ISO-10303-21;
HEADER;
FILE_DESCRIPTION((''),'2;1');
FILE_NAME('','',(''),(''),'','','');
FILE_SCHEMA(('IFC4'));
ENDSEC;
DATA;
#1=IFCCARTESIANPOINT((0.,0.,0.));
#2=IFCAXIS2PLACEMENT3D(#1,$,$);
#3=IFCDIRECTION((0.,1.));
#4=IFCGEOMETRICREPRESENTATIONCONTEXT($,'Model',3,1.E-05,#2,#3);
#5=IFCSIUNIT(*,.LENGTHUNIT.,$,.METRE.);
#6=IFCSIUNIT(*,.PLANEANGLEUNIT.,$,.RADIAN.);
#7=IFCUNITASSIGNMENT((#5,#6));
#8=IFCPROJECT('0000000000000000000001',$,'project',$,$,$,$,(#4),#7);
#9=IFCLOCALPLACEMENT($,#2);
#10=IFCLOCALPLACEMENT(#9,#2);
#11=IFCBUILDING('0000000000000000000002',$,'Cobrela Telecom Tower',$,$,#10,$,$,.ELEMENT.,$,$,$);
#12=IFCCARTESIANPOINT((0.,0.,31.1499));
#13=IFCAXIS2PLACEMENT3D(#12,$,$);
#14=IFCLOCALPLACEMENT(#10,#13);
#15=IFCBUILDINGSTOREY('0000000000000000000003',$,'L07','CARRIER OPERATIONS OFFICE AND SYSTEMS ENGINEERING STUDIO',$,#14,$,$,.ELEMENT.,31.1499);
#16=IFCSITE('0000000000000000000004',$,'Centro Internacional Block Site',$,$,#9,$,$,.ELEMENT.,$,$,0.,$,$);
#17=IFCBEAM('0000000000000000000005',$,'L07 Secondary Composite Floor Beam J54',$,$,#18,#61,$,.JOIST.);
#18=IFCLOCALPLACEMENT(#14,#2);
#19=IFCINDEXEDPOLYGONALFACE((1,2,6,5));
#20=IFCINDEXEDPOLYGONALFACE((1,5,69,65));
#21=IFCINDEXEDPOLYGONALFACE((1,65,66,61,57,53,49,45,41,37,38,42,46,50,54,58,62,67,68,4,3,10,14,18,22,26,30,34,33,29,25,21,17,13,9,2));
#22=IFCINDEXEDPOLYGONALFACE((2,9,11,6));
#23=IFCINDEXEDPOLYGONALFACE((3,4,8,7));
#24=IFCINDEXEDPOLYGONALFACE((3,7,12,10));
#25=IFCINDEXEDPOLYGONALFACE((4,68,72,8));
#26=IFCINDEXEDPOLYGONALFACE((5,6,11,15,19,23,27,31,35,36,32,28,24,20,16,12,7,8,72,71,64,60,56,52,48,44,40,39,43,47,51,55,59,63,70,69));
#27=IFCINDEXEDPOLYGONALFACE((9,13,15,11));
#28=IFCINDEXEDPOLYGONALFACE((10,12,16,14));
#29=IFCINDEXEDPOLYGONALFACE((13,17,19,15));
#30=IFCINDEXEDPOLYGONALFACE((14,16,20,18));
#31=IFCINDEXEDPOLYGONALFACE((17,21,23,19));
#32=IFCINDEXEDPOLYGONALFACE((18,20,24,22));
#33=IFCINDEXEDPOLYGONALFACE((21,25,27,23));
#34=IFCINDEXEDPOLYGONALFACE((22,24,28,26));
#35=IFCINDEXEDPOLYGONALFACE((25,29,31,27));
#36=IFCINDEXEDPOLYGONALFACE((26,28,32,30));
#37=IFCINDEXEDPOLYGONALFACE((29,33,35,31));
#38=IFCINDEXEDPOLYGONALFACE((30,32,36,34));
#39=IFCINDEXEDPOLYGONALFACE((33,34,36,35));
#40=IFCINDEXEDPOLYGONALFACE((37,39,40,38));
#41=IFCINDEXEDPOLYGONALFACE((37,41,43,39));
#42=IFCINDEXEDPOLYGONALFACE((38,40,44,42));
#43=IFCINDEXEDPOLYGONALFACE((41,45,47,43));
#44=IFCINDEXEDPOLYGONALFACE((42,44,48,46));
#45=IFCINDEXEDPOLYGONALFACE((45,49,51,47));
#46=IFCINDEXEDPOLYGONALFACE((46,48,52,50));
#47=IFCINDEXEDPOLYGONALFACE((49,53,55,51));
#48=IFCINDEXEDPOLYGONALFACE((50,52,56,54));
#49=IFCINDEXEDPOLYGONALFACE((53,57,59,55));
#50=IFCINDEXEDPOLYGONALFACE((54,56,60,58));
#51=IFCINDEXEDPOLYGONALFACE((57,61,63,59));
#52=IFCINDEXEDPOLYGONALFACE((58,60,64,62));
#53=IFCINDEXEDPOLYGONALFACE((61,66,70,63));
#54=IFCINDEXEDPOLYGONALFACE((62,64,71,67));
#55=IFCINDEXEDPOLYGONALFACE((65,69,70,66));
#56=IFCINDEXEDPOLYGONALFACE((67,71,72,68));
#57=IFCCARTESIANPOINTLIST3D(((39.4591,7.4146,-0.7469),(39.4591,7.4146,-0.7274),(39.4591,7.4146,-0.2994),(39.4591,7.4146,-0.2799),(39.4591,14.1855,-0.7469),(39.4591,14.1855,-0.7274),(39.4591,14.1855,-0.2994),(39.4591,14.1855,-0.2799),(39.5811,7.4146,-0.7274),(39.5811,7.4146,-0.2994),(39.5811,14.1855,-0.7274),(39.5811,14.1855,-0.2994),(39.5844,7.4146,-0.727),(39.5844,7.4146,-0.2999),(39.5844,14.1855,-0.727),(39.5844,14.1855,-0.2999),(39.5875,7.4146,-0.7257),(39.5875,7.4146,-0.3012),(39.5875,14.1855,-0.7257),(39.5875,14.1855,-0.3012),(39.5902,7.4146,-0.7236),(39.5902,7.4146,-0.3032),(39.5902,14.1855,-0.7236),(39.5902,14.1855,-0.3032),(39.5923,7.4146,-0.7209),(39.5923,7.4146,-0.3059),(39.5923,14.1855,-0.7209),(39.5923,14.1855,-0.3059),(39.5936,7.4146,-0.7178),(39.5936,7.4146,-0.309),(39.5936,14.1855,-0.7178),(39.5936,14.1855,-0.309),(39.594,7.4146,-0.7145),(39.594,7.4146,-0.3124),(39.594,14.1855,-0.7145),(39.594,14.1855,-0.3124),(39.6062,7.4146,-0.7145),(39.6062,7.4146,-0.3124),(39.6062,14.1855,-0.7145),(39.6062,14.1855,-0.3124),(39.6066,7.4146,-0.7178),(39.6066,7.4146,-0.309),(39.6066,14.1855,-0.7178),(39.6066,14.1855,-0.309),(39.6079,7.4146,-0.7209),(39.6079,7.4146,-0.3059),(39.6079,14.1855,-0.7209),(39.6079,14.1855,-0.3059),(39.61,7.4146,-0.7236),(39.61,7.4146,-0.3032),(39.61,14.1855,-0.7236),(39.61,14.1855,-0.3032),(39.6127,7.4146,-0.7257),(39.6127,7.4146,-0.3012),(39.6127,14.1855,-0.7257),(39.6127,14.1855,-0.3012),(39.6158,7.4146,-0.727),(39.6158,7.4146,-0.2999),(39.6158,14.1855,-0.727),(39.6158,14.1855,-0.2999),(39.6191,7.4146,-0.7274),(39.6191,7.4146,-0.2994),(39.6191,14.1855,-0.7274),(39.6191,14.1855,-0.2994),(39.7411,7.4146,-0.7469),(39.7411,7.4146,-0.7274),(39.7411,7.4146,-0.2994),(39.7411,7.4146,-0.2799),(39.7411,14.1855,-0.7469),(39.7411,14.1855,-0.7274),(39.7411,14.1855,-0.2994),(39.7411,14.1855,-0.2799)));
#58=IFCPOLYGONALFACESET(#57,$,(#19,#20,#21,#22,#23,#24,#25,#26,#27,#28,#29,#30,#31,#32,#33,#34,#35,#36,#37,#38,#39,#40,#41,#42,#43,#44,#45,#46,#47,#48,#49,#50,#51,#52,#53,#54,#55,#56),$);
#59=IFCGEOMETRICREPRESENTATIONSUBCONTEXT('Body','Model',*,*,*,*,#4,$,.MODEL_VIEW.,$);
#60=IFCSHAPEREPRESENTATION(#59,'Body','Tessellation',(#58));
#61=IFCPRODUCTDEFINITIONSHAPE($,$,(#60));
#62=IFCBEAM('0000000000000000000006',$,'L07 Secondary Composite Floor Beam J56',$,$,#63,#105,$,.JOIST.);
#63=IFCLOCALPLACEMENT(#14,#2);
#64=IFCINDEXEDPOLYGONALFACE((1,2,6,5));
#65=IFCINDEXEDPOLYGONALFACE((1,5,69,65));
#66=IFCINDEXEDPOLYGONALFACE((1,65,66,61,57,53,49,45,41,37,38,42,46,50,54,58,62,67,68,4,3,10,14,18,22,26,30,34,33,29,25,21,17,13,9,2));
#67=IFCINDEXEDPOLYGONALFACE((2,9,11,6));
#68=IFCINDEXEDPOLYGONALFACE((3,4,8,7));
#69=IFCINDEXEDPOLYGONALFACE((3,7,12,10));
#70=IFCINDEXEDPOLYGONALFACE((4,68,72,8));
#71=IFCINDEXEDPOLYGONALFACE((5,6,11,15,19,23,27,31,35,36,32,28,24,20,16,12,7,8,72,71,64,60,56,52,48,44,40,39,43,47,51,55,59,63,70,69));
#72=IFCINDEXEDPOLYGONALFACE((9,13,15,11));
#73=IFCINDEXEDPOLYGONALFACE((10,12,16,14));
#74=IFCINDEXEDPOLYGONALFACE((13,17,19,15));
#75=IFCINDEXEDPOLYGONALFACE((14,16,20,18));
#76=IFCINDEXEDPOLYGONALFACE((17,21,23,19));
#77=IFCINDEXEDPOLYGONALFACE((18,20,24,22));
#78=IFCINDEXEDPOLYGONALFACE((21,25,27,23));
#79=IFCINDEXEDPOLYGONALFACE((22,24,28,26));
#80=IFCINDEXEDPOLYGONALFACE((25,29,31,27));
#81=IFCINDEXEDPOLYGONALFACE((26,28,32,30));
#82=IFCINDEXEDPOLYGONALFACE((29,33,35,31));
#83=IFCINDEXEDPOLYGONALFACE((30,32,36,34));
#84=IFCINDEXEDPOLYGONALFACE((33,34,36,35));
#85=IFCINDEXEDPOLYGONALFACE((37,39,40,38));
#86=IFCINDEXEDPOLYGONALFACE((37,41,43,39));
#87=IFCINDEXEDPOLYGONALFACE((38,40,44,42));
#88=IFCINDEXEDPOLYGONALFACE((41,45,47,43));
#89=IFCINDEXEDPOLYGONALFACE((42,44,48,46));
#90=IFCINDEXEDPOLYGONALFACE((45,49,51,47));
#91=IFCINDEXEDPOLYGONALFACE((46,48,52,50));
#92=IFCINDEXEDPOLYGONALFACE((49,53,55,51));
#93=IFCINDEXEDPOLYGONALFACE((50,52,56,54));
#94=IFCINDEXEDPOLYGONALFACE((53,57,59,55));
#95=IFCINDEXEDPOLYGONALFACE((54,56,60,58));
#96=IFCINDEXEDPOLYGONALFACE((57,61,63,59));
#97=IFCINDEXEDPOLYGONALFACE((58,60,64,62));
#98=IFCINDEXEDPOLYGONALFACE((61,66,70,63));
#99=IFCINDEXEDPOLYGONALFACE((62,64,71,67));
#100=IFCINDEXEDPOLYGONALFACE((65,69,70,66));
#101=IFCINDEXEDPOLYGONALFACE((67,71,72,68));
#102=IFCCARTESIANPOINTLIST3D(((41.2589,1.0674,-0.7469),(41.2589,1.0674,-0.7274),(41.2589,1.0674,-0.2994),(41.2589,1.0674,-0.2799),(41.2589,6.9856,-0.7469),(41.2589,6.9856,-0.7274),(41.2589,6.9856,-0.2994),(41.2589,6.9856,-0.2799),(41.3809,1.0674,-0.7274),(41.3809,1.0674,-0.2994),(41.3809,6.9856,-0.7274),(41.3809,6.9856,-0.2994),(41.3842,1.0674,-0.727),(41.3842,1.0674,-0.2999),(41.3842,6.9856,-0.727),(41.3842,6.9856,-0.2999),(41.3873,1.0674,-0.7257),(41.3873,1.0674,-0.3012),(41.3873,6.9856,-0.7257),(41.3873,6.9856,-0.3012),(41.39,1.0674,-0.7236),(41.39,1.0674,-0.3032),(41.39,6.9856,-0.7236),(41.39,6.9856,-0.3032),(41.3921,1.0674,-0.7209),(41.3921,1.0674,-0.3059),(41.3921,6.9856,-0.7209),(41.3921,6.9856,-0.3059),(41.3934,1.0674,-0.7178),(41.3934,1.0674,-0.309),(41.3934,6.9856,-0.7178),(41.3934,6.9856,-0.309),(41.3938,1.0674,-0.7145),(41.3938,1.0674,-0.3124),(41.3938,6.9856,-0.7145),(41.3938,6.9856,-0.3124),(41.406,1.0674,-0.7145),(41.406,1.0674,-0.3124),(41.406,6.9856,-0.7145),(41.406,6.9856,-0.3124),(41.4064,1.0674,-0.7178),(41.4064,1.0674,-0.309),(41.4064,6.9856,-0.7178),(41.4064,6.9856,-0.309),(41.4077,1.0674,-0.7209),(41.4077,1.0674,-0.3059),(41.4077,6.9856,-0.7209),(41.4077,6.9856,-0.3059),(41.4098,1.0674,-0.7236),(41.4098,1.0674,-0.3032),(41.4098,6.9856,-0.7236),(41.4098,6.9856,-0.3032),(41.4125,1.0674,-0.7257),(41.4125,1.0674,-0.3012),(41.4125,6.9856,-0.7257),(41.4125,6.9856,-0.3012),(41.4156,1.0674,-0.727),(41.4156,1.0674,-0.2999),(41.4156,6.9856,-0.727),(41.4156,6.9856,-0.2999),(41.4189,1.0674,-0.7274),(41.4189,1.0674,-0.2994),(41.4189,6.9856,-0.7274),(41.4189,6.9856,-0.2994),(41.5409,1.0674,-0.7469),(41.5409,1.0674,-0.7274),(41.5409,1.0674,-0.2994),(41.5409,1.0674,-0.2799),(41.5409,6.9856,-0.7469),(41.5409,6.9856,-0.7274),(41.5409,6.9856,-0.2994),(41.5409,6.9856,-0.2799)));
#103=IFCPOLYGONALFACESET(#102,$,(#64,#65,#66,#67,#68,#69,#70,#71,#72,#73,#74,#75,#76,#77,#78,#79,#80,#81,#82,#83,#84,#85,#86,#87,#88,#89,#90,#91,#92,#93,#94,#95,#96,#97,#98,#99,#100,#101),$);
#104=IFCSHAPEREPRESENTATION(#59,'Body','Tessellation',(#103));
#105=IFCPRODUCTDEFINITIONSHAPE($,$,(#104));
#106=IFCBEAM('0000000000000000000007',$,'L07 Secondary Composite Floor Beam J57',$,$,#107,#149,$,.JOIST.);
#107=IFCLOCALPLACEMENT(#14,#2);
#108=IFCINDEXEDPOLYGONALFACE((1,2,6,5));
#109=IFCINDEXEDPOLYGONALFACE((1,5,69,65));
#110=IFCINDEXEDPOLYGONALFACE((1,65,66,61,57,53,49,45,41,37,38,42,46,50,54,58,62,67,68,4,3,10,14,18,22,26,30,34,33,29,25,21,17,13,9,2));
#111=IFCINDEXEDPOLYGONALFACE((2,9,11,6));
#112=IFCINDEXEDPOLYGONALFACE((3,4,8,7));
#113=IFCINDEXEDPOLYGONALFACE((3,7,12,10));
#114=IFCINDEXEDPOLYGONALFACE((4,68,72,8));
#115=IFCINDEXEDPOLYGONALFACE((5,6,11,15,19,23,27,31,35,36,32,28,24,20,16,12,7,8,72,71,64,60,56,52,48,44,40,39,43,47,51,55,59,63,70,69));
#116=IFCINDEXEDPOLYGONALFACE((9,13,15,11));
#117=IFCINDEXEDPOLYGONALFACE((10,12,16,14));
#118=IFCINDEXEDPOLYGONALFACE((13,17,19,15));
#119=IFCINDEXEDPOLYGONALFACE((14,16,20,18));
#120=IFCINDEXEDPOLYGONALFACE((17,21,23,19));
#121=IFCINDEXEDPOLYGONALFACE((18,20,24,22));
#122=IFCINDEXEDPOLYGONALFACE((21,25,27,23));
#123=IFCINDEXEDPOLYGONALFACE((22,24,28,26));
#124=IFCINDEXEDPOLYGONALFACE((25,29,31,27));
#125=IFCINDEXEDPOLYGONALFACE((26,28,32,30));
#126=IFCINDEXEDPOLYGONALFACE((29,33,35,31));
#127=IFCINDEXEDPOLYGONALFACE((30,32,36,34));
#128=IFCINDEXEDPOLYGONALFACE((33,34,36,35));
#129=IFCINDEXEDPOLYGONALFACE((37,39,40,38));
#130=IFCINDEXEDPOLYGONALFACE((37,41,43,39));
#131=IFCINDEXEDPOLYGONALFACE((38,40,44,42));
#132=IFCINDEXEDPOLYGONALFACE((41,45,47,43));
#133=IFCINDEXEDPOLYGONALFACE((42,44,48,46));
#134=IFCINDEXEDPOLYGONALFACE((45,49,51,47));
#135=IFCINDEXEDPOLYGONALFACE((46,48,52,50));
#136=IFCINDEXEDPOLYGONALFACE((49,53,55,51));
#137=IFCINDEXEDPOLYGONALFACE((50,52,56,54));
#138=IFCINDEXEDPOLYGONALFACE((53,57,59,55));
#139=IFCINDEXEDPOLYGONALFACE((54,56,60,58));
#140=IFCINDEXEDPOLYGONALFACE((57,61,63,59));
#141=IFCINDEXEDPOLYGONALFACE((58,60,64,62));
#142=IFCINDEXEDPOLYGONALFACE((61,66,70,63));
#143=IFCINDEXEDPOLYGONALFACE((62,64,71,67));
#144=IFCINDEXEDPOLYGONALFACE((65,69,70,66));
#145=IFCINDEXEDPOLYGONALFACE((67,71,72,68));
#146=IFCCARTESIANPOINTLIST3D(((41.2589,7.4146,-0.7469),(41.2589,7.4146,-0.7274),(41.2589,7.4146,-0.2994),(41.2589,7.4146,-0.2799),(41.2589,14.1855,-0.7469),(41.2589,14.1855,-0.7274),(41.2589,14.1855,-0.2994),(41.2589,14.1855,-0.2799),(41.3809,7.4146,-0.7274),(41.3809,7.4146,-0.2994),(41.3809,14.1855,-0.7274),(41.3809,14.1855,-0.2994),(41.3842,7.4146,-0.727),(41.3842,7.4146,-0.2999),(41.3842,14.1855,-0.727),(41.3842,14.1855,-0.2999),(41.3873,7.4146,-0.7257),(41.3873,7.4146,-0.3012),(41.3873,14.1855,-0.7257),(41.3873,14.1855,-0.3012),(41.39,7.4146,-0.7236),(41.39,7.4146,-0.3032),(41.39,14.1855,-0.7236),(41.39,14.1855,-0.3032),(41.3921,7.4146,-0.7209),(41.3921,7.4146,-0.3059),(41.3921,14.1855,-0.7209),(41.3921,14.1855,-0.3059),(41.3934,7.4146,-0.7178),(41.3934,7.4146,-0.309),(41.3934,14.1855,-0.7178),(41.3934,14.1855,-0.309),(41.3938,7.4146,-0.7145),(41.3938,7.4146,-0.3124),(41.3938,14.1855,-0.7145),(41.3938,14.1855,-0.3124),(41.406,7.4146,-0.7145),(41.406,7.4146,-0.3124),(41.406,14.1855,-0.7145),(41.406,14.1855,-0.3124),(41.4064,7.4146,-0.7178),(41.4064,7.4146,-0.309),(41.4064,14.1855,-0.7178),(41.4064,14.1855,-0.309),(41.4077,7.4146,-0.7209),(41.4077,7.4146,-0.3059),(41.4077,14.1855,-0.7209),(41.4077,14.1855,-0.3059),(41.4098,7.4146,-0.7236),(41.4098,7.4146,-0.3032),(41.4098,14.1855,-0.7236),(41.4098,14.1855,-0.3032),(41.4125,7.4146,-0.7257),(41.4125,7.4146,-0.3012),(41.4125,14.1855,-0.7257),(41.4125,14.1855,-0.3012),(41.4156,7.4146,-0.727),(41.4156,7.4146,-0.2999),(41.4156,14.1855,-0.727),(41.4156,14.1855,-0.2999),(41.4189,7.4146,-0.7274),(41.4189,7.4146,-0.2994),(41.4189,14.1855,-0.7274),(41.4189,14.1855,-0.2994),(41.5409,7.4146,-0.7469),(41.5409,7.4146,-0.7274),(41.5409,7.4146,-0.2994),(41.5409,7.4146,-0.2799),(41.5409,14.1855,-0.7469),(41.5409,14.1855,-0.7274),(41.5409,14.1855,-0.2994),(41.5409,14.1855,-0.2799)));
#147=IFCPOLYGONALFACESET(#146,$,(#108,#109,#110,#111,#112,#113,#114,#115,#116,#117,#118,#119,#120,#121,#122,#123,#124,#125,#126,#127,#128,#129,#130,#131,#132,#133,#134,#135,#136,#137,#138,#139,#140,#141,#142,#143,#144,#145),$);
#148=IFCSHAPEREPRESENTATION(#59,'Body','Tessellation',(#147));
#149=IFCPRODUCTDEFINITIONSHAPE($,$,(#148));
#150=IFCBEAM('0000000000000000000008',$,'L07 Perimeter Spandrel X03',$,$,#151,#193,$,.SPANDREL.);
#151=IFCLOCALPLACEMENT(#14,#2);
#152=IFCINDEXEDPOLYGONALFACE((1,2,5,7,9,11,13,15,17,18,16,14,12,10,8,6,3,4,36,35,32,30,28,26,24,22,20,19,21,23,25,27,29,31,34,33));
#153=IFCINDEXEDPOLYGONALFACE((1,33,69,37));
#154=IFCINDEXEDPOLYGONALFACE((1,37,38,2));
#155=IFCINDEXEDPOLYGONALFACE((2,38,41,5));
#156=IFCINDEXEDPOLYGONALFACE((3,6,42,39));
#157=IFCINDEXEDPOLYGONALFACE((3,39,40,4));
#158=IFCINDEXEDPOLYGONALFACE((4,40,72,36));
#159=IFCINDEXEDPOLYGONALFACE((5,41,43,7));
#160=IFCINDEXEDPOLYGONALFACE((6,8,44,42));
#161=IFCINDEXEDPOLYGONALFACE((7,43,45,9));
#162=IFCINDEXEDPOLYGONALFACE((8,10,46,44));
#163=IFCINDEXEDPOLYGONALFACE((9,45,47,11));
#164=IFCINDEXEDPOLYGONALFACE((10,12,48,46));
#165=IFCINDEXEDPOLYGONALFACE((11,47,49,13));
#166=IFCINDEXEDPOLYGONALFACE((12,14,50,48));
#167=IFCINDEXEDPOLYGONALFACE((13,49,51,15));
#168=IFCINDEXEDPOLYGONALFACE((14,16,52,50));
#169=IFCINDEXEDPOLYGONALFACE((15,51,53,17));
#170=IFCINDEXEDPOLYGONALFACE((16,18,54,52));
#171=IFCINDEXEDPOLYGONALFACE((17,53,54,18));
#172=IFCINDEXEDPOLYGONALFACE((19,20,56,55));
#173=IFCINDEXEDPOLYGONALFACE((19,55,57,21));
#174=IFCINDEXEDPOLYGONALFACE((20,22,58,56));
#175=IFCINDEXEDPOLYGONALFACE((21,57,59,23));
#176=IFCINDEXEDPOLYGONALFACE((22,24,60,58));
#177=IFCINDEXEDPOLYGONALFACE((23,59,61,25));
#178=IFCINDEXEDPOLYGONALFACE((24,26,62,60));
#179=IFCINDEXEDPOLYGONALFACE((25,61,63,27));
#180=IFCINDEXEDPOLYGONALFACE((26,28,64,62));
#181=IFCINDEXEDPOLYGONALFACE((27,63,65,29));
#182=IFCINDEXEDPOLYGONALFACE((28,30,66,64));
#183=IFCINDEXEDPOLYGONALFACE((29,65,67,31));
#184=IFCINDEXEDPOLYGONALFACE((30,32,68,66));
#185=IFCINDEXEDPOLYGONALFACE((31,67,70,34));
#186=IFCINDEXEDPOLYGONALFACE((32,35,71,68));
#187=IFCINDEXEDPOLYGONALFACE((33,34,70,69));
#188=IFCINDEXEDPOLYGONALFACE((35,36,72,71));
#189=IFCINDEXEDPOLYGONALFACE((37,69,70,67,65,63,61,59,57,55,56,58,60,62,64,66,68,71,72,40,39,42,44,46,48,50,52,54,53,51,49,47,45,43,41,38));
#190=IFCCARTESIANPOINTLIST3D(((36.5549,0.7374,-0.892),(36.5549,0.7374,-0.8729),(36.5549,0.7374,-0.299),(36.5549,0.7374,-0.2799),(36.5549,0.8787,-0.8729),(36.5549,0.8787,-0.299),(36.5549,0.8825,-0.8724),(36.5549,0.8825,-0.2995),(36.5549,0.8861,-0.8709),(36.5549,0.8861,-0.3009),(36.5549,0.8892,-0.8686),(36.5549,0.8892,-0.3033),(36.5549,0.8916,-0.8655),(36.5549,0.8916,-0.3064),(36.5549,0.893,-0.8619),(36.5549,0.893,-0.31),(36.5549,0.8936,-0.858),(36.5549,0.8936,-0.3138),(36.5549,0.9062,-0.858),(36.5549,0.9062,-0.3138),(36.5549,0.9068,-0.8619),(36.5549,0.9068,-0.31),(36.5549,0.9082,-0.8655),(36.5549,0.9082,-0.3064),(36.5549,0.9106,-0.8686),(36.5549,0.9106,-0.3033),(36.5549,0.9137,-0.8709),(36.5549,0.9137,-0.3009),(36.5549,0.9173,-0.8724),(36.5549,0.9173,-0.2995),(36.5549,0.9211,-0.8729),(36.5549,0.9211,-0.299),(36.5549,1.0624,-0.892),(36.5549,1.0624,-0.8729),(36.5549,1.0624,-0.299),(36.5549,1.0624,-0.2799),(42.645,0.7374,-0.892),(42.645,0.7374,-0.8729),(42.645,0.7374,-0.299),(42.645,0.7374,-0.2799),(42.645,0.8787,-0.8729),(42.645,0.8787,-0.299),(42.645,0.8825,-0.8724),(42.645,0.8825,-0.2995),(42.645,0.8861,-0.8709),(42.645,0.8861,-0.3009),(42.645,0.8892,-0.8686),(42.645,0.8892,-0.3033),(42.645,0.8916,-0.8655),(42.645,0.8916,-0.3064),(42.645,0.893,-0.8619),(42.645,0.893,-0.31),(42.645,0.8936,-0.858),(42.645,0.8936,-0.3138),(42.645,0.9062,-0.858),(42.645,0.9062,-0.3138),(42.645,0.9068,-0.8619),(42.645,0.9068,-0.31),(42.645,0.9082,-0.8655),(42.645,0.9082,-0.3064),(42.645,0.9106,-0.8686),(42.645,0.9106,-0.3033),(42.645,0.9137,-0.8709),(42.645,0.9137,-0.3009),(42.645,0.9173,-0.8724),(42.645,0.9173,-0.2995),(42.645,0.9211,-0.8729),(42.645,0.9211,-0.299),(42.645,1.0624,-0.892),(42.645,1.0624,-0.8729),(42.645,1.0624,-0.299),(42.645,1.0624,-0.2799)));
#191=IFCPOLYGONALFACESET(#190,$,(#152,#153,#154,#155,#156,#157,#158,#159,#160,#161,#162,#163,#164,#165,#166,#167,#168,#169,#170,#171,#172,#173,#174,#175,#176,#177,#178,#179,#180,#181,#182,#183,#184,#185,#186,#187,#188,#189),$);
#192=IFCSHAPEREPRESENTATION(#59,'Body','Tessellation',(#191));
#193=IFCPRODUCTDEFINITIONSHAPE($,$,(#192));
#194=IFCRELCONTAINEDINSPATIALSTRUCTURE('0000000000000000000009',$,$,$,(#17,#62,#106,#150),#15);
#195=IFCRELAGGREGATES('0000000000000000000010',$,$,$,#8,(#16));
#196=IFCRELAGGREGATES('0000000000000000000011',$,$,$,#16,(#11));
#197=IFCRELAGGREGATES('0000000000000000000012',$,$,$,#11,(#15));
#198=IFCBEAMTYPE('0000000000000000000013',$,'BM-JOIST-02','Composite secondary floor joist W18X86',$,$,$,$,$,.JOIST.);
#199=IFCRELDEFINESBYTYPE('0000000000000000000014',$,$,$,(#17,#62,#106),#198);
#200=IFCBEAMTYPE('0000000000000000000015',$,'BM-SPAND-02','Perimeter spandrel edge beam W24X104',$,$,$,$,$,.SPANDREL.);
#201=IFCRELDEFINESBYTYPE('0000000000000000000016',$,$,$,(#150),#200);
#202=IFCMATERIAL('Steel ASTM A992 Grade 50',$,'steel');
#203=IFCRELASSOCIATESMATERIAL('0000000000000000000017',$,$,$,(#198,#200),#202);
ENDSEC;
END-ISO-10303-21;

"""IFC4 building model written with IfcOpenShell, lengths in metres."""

from ifc_helpers import new_model, si_unit, direction, frame, origin, origin_2d, place, context, subcontext, project, spatial, i_section, extrude, material, material_profile, profile_set, type_object, element, save


model = new_model("IFC4")

# Units and contexts
model_context = context("Model", 3, precision=1e-05, world=origin(), true_north=direction((0.0, 1.0)))
body_context = subcontext(model_context, "Body", "Model", "MODEL_VIEW")
ifc_project = project(units=[si_unit("LENGTHUNIT", "METRE"), si_unit("PLANEANGLEUNIT", "RADIAN")], contexts=[model_context])

# Site, building, storey
site_placement = place(None, origin())
site = spatial("IfcSite", under=ifc_project, at=site_placement, Name="Centro Internacional Block Site", CompositionType="ELEMENT", RefElevation=0.0)
building_placement = place(site_placement, origin())
building = spatial("IfcBuilding", under=site, at=building_placement, Name="Cobrela Telecom Tower", CompositionType="ELEMENT")
storey_placement = place(building_placement, frame((0.0, 0.0, 31.1499)))
storey = spatial("IfcBuildingStorey", under=building, at=storey_placement, Name="L07", Description="CARRIER OPERATIONS OFFICE AND SYSTEMS ENGINEERING STUDIO", CompositionType="ELEMENT", Elevation=31.1499)

# Shared definitions
ifc_material_1 = material(Name="Steel ASTM A992 Grade 50", Category="steel")

# Beams
ifc_material_profile_1 = material_profile(ifc_material_1, i_section(OverallWidth=0.282, OverallDepth=0.467, WebThickness=0.0122, FlangeThickness=0.0195, FilletRadius=0.0129, at=origin_2d()), Name="W18X86")
ifc_profile_set_1 = profile_set([ifc_material_profile_1], Name="Steel ASTM A992 Grade 50")
beam_type_1 = type_object("IfcBeamType", Name="BM-JOIST-02", Description="Composite secondary floor joist W18X86", PredefinedType="JOIST", material=ifc_profile_set_1)
beam_1_placement = place(storey_placement, frame((39.6001, 7.4146, -0.5134), z_axis=(0.0, 1.0, 0.0), x_axis=(-1.0, 0.0, 0.0)))
element("IfcBeam", 1, at=beam_1_placement, inside=storey, type_object=beam_type_1, Name="L07 Secondary Composite Floor Beam J54", PredefinedType="JOIST", context=body_context, shape_type="SweptSolid", body=[
    extrude(i_section(OverallWidth=0.282, OverallDepth=0.467, WebThickness=0.0122, FlangeThickness=0.0195, FilletRadius=0.0129, at=origin_2d()), origin(), (0.0, 0.0, 1.0), 6.771),
])
beam_2_placement = place(storey_placement, frame((41.3999, 1.0674, -0.5134), z_axis=(0.0, 1.0, 0.0), x_axis=(-1.0, 0.0, 0.0)))
element("IfcBeam", 2, at=beam_2_placement, inside=storey, type_object=beam_type_1, Name="L07 Secondary Composite Floor Beam J56", PredefinedType="JOIST", context=body_context, shape_type="SweptSolid", body=[
    extrude(i_section(OverallWidth=0.282, OverallDepth=0.467, WebThickness=0.0122, FlangeThickness=0.0195, FilletRadius=0.0129, at=origin_2d()), origin(), (0.0, 0.0, 1.0), 5.9182),
])
beam_3_placement = place(storey_placement, frame((41.3999, 7.4146, -0.5134), z_axis=(0.0, 1.0, 0.0), x_axis=(-1.0, 0.0, 0.0)))
element("IfcBeam", 3, at=beam_3_placement, inside=storey, type_object=beam_type_1, Name="L07 Secondary Composite Floor Beam J57", PredefinedType="JOIST", context=body_context, shape_type="SweptSolid", body=[
    extrude(i_section(OverallWidth=0.282, OverallDepth=0.467, WebThickness=0.0122, FlangeThickness=0.0195, FilletRadius=0.0129, at=origin_2d()), origin(), (0.0, 0.0, 1.0), 6.771),
])
ifc_material_profile_2 = material_profile(ifc_material_1, i_section(OverallWidth=0.325, OverallDepth=0.6121, WebThickness=0.0127, FlangeThickness=0.019, FilletRadius=0.0149, at=origin_2d()), Name="W24X104")
ifc_profile_set_2 = profile_set([ifc_material_profile_2], Name="Steel ASTM A992 Grade 50")
beam_type_2 = type_object("IfcBeamType", Name="BM-SPAND-02", Description="Perimeter spandrel edge beam W24X104", PredefinedType="SPANDREL", material=ifc_profile_set_2)
beam_4_placement = place(storey_placement, frame((36.5549, 0.8999, -0.5859), z_axis=(1.0, 0.0, 0.0), x_axis=(0.0, 1.0, 0.0)))
element("IfcBeam", 4, at=beam_4_placement, inside=storey, type_object=beam_type_2, Name="L07 Perimeter Spandrel X03", PredefinedType="SPANDREL", context=body_context, shape_type="SweptSolid", body=[
    extrude(i_section(OverallWidth=0.325, OverallDepth=0.6121, WebThickness=0.0127, FlangeThickness=0.019, FilletRadius=0.0149, at=origin_2d()), origin(), (0.0, 0.0, 1.0), 6.0901),
])

save(model, "model.ifc")
